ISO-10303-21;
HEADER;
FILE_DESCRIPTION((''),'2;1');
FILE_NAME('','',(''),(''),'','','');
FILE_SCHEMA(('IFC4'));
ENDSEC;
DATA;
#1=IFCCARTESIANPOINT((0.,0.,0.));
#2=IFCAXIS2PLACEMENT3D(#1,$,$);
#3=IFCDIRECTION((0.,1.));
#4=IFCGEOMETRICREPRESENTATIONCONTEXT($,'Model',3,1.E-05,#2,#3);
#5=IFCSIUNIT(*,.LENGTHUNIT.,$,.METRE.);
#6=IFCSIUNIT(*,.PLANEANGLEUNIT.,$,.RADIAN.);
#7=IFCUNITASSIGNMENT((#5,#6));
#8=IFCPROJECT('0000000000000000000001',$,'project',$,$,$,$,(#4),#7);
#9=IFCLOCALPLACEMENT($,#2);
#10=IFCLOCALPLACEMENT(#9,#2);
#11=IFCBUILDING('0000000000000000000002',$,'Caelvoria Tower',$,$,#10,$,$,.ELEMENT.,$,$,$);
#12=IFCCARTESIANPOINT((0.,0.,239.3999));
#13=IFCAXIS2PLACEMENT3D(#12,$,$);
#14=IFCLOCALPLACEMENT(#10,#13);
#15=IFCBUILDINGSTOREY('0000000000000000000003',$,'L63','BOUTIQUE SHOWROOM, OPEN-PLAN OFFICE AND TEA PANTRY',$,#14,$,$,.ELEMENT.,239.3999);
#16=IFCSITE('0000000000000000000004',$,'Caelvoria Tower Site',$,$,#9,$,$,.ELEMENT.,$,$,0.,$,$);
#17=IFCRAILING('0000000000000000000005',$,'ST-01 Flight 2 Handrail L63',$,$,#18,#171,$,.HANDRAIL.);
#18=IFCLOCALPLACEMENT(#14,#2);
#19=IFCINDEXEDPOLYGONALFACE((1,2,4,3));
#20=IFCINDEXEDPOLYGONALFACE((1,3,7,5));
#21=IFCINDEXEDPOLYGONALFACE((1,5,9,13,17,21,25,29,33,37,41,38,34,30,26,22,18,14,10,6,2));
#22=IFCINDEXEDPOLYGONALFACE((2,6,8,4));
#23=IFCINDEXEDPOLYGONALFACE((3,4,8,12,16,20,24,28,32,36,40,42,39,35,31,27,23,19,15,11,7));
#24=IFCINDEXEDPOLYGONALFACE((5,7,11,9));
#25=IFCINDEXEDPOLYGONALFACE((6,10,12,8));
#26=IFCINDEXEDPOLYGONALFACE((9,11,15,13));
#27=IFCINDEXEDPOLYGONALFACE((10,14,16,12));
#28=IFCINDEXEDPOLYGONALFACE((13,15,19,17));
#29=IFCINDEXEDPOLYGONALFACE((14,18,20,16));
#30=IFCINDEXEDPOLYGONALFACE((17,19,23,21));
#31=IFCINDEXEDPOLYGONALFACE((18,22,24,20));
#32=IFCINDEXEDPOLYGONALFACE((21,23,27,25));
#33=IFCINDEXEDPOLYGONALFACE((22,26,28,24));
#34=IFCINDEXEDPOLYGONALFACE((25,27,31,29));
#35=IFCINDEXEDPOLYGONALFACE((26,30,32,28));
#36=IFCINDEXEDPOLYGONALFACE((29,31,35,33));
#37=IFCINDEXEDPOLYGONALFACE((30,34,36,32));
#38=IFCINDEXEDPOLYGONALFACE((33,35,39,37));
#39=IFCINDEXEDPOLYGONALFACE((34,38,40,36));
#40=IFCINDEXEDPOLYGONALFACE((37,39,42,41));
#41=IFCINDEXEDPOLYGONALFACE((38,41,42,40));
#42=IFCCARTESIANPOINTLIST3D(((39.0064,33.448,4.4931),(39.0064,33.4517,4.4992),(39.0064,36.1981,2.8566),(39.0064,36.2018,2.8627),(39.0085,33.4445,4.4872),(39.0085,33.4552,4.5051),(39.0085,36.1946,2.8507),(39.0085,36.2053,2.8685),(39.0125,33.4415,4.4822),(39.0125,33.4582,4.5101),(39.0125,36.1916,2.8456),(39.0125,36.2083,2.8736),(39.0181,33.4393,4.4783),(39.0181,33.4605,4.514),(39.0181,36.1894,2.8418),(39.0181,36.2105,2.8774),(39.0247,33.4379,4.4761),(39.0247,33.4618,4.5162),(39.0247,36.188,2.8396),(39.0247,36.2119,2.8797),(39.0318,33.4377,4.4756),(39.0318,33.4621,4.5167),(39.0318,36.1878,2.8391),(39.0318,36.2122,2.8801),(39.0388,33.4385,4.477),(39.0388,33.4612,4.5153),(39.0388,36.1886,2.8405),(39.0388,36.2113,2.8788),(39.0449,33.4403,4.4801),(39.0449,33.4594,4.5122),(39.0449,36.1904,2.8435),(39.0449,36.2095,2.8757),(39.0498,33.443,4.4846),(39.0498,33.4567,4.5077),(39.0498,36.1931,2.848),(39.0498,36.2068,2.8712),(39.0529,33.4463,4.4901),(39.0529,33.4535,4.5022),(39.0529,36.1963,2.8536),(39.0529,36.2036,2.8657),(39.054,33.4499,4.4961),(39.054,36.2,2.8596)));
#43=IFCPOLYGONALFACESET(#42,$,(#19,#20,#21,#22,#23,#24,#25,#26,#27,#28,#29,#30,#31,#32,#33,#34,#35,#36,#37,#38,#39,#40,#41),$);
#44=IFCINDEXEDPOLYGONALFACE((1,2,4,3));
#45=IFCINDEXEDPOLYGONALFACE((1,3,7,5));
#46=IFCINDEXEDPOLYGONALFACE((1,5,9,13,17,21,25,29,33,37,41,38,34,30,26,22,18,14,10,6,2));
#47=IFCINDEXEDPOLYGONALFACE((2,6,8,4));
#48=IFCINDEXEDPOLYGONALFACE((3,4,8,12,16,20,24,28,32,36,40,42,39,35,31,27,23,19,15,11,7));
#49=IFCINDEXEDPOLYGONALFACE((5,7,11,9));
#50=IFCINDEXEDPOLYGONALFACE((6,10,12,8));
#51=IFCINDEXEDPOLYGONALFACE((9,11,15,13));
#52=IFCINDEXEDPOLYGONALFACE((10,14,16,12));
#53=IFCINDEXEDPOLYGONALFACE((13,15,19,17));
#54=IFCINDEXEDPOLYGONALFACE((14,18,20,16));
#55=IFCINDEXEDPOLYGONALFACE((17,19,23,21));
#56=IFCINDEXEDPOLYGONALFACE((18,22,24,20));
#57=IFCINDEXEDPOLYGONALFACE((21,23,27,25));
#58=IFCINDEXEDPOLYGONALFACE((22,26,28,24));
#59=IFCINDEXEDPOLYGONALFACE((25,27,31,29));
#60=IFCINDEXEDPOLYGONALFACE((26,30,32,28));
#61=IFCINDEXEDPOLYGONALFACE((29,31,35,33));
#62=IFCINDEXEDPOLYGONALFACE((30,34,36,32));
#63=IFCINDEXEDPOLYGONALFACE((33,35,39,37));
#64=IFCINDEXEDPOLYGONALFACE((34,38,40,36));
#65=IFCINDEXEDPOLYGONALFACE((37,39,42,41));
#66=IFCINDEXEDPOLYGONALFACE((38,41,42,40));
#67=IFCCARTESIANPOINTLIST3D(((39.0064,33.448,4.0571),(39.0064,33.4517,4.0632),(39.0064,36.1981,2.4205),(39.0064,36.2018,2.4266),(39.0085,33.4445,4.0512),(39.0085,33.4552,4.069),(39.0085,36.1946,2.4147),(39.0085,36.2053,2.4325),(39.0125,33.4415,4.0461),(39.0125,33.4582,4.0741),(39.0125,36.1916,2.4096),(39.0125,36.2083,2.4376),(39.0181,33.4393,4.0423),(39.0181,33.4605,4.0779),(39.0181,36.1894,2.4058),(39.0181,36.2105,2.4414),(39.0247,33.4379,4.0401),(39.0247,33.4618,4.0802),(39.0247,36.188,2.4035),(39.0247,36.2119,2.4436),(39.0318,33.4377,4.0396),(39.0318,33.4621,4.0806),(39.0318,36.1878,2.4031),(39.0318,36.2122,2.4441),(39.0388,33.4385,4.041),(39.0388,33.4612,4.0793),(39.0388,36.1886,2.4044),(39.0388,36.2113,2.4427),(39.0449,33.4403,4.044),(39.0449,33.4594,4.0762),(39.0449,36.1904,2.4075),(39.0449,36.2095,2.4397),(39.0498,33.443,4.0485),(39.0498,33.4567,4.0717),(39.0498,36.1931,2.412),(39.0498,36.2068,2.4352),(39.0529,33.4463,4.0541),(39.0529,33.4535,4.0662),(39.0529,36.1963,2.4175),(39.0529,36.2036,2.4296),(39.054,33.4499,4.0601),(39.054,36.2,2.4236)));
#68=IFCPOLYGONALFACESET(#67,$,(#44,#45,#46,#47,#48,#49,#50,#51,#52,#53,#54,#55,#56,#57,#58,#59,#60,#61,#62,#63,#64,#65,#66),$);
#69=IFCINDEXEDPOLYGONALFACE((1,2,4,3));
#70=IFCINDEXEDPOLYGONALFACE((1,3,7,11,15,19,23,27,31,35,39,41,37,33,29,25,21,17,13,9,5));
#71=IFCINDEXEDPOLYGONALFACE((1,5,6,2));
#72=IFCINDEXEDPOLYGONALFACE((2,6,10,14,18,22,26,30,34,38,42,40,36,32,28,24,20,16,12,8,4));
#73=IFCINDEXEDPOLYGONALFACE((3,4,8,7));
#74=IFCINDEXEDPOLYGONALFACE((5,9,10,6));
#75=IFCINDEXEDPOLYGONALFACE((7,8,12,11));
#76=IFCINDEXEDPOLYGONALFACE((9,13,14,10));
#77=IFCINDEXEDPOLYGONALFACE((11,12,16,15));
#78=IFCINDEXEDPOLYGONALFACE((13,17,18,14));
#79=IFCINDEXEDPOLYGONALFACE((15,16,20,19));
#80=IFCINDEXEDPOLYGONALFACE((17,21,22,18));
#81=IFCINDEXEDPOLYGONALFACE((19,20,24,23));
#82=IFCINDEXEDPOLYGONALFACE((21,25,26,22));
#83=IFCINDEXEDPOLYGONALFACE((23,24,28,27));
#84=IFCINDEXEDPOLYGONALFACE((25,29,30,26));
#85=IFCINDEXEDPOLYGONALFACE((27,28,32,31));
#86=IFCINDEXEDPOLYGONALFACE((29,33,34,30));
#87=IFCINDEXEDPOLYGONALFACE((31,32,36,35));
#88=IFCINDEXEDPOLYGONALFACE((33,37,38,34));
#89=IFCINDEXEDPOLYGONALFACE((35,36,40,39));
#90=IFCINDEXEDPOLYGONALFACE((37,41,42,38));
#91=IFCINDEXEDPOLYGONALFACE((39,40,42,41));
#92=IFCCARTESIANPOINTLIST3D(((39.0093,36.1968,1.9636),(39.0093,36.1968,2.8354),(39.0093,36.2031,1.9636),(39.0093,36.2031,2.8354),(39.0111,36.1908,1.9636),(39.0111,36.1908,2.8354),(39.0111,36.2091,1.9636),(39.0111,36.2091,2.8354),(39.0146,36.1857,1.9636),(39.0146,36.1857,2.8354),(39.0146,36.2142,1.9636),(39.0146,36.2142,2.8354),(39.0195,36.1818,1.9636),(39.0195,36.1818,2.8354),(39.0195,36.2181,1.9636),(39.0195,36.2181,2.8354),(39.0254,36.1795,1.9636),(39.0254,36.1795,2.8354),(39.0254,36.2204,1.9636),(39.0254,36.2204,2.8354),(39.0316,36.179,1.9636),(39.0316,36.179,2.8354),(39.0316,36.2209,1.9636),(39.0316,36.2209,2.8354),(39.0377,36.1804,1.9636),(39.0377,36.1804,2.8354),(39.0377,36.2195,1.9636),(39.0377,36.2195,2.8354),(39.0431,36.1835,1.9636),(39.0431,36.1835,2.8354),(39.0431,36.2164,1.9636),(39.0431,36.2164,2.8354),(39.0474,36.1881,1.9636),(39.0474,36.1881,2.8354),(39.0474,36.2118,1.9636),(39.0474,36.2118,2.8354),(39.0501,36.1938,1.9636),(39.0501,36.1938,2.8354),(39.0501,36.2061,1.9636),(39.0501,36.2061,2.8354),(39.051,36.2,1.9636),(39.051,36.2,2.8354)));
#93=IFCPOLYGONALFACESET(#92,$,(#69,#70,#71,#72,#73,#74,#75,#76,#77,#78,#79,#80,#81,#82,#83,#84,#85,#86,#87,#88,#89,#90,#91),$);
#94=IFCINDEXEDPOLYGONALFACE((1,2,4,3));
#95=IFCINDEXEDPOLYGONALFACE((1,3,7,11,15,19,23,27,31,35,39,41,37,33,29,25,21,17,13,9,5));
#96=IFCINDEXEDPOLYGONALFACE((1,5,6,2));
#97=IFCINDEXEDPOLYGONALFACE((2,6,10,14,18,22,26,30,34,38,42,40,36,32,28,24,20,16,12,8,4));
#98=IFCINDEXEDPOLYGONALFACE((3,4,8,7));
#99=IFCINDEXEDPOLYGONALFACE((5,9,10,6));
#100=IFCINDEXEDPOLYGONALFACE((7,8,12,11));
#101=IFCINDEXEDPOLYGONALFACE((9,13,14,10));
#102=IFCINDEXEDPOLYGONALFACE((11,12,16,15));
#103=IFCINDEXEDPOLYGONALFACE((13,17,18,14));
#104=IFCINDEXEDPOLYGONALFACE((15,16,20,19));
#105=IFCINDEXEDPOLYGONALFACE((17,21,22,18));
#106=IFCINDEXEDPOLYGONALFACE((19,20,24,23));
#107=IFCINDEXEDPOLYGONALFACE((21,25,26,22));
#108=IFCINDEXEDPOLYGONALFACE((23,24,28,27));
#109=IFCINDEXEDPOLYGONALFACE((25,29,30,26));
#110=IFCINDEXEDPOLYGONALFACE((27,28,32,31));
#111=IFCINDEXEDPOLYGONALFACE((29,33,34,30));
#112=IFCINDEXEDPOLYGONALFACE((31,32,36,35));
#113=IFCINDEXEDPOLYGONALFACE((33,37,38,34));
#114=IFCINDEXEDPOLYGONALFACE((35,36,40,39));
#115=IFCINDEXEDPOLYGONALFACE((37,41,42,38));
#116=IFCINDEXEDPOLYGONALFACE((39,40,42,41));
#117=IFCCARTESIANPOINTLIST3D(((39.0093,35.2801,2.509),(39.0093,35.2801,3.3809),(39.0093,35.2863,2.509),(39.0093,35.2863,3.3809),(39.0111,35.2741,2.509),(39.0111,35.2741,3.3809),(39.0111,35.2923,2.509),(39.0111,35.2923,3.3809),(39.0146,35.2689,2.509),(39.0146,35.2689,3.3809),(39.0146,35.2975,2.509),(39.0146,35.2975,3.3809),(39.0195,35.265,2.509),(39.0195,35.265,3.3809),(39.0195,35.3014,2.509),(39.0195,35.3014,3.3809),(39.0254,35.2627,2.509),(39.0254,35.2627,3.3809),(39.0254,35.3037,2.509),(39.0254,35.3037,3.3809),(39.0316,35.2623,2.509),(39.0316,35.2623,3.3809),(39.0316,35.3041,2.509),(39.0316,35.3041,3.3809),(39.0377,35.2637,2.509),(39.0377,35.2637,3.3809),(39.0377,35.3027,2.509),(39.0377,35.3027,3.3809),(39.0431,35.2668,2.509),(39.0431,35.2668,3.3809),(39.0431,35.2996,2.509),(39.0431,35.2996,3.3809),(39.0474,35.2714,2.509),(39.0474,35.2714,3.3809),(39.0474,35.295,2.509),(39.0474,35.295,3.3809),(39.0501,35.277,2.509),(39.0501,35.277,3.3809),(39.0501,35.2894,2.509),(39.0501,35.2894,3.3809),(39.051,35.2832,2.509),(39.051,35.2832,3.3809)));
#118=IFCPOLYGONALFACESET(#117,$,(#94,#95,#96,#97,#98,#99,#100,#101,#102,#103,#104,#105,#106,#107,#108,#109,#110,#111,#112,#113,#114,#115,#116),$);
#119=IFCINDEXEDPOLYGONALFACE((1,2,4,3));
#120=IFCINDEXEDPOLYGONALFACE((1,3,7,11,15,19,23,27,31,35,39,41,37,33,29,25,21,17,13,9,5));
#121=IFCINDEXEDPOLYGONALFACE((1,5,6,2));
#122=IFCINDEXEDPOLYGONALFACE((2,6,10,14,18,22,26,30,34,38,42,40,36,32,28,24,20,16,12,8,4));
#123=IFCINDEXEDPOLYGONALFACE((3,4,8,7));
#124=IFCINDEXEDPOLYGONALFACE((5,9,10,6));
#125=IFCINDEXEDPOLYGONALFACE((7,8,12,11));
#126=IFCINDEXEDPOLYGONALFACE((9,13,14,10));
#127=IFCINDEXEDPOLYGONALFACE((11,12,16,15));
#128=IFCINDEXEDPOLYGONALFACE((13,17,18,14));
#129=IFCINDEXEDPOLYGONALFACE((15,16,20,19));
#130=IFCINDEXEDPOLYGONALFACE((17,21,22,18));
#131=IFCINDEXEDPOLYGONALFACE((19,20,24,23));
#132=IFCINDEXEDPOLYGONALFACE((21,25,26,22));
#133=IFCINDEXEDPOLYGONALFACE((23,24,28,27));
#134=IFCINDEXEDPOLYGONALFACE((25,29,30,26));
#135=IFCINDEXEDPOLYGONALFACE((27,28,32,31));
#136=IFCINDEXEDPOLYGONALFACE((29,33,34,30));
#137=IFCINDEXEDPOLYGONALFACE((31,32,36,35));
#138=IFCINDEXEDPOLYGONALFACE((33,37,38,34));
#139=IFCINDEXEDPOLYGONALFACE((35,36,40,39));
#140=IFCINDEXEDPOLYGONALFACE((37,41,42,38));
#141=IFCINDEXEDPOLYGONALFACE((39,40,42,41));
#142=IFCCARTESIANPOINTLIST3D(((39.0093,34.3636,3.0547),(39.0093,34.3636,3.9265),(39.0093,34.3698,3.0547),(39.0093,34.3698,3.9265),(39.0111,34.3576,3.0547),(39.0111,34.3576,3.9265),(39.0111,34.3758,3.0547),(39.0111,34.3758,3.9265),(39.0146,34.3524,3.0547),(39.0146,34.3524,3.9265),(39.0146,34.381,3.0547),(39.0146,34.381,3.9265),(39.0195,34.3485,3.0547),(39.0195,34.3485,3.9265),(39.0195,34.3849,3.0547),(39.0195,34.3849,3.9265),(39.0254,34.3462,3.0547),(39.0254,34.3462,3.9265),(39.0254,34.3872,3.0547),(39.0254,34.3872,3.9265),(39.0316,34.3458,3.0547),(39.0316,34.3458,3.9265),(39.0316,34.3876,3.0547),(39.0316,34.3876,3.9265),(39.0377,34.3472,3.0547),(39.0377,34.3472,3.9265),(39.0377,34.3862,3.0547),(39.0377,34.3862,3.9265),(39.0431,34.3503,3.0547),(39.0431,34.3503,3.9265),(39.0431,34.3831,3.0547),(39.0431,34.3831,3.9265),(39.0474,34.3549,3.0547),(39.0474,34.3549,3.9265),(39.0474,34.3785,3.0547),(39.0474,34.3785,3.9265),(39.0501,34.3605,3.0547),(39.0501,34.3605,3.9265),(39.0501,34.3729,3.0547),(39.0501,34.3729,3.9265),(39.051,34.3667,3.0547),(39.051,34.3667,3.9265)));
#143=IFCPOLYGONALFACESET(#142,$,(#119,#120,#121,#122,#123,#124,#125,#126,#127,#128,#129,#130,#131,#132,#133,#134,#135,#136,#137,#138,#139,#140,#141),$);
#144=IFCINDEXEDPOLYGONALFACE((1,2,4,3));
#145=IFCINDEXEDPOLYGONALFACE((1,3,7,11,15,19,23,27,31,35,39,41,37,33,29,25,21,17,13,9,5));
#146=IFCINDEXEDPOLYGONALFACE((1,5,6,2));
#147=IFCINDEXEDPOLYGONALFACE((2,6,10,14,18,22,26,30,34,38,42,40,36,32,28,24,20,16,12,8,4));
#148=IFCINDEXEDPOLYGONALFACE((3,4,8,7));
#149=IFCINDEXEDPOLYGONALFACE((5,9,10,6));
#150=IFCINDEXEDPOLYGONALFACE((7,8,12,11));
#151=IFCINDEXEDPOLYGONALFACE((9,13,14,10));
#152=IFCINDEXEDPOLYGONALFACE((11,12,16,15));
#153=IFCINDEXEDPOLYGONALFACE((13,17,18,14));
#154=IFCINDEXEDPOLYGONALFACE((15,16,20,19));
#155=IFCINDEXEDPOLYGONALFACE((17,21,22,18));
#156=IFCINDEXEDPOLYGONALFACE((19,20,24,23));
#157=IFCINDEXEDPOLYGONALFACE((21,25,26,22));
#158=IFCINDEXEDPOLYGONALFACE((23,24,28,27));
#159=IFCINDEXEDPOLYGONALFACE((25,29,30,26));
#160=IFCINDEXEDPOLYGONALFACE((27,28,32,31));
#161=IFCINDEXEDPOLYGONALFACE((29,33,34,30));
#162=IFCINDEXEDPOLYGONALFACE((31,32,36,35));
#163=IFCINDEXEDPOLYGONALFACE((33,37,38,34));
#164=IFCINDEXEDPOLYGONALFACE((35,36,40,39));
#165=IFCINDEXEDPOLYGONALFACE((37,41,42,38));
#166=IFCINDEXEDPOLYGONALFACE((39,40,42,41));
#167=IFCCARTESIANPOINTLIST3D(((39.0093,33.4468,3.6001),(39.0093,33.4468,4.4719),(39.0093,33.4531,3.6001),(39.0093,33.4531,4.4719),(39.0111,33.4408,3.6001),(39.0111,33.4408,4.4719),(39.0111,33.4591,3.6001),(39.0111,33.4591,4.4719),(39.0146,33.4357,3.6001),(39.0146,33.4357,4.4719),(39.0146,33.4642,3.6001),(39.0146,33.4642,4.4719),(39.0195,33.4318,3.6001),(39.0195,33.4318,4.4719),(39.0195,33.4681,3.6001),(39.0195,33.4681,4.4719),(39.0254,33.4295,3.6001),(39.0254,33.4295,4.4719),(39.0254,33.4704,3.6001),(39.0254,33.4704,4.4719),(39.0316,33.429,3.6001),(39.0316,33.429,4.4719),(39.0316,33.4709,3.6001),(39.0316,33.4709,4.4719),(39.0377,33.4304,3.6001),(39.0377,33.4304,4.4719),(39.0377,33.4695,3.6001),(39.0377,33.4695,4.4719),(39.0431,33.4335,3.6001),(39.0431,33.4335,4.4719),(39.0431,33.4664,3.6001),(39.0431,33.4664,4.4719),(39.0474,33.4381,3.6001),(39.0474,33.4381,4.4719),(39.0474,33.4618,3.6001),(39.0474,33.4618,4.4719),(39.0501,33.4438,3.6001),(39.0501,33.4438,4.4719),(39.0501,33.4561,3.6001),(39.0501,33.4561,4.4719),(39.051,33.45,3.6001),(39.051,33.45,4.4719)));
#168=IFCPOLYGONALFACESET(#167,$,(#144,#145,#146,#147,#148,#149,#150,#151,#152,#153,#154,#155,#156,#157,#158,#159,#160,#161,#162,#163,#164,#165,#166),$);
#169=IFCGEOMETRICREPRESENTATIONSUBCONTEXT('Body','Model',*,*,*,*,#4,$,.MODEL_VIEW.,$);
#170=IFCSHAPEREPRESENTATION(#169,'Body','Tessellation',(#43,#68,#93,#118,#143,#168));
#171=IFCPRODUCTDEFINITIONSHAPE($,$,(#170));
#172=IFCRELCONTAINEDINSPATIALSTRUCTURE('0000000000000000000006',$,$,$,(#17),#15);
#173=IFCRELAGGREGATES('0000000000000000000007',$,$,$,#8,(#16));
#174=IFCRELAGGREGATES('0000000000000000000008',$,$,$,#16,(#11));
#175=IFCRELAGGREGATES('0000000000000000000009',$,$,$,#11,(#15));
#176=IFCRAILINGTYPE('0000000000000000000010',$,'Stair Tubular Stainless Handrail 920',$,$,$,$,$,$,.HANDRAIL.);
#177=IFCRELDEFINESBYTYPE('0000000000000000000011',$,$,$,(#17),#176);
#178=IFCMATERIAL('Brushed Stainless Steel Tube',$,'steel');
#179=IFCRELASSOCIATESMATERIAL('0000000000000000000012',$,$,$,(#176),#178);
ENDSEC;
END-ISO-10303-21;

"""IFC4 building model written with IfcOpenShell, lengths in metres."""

from ifc_helpers import new_model, si_unit, direction, frame, origin, origin_2d, place, context, subcontext, project, spatial, circle, extrude, material, type_object, element, save


model = new_model("IFC4")

# Units and contexts
model_context = context("Model", 3, precision=1e-05, world=origin(), true_north=direction((0.0, 1.0)))
body_context = subcontext(model_context, "Body", "Model", "MODEL_VIEW")
ifc_project = project(units=[si_unit("LENGTHUNIT", "METRE"), si_unit("PLANEANGLEUNIT", "RADIAN")], contexts=[model_context])

# Site, building, storey
site_placement = place(None, origin())
site = spatial("IfcSite", under=ifc_project, at=site_placement, Name="Caelvoria Tower Site", CompositionType="ELEMENT", RefElevation=0.0)
building_placement = place(site_placement, origin())
building = spatial("IfcBuilding", under=site, at=building_placement, Name="Caelvoria Tower", CompositionType="ELEMENT")
storey_placement = place(building_placement, frame((0.0, 0.0, 239.3999)))
storey = spatial("IfcBuildingStorey", under=building, at=storey_placement, Name="L63", Description="BOUTIQUE SHOWROOM, OPEN-PLAN OFFICE AND TEA PANTRY", CompositionType="ELEMENT", Elevation=239.3999)

# Railing
ifc_material_1 = material(Name="Brushed Stainless Steel Tube", Category="steel")
railing_type_1 = type_object("IfcRailingType", Name="Stair Tubular Stainless Handrail 920", PredefinedType="HANDRAIL", material=ifc_material_1)
railing_1_placement = place(storey_placement, frame((39.03, 36.2, 1.9636)))
element("IfcRailing", 1, at=railing_1_placement, inside=storey, type_object=railing_type_1, Name="ST-01 Flight 2 Handrail L63", PredefinedType="HANDRAIL", context=body_context, shape_type="SweptSolid", body=[
    extrude(circle(Radius=0.0239, at=origin_2d()), frame((0.0, 0.0, 0.896), z_axis=(0.0, -0.859352, 0.511385), x_axis=(1.0, 0.0, 0.0)), (0.0, 0.0, 1.0), 3.2002),
    extrude(circle(Radius=0.0239, at=origin_2d()), frame((0.0, 0.0, 0.46), z_axis=(0.0, -0.859352, 0.511385), x_axis=(1.0, 0.0, 0.0)), (0.0, 0.0, 1.0), 3.2002),
    extrude(circle(Radius=0.021, at=origin_2d()), origin(), (0.0, 0.0, 1.0), 0.8718),
    extrude(circle(Radius=0.021, at=origin_2d()), frame((0.0, -0.9167, 0.5454)), (0.0, 0.0, 1.0), 0.8718),
    extrude(circle(Radius=0.021, at=origin_2d()), frame((0.0, -1.8333, 1.0911)), (0.0, 0.0, 1.0), 0.8718),
    extrude(circle(Radius=0.021, at=origin_2d()), frame((0.0, -2.75, 1.6365)), (0.0, 0.0, 1.0), 0.8718),
])

save(model, "model.ifc")
